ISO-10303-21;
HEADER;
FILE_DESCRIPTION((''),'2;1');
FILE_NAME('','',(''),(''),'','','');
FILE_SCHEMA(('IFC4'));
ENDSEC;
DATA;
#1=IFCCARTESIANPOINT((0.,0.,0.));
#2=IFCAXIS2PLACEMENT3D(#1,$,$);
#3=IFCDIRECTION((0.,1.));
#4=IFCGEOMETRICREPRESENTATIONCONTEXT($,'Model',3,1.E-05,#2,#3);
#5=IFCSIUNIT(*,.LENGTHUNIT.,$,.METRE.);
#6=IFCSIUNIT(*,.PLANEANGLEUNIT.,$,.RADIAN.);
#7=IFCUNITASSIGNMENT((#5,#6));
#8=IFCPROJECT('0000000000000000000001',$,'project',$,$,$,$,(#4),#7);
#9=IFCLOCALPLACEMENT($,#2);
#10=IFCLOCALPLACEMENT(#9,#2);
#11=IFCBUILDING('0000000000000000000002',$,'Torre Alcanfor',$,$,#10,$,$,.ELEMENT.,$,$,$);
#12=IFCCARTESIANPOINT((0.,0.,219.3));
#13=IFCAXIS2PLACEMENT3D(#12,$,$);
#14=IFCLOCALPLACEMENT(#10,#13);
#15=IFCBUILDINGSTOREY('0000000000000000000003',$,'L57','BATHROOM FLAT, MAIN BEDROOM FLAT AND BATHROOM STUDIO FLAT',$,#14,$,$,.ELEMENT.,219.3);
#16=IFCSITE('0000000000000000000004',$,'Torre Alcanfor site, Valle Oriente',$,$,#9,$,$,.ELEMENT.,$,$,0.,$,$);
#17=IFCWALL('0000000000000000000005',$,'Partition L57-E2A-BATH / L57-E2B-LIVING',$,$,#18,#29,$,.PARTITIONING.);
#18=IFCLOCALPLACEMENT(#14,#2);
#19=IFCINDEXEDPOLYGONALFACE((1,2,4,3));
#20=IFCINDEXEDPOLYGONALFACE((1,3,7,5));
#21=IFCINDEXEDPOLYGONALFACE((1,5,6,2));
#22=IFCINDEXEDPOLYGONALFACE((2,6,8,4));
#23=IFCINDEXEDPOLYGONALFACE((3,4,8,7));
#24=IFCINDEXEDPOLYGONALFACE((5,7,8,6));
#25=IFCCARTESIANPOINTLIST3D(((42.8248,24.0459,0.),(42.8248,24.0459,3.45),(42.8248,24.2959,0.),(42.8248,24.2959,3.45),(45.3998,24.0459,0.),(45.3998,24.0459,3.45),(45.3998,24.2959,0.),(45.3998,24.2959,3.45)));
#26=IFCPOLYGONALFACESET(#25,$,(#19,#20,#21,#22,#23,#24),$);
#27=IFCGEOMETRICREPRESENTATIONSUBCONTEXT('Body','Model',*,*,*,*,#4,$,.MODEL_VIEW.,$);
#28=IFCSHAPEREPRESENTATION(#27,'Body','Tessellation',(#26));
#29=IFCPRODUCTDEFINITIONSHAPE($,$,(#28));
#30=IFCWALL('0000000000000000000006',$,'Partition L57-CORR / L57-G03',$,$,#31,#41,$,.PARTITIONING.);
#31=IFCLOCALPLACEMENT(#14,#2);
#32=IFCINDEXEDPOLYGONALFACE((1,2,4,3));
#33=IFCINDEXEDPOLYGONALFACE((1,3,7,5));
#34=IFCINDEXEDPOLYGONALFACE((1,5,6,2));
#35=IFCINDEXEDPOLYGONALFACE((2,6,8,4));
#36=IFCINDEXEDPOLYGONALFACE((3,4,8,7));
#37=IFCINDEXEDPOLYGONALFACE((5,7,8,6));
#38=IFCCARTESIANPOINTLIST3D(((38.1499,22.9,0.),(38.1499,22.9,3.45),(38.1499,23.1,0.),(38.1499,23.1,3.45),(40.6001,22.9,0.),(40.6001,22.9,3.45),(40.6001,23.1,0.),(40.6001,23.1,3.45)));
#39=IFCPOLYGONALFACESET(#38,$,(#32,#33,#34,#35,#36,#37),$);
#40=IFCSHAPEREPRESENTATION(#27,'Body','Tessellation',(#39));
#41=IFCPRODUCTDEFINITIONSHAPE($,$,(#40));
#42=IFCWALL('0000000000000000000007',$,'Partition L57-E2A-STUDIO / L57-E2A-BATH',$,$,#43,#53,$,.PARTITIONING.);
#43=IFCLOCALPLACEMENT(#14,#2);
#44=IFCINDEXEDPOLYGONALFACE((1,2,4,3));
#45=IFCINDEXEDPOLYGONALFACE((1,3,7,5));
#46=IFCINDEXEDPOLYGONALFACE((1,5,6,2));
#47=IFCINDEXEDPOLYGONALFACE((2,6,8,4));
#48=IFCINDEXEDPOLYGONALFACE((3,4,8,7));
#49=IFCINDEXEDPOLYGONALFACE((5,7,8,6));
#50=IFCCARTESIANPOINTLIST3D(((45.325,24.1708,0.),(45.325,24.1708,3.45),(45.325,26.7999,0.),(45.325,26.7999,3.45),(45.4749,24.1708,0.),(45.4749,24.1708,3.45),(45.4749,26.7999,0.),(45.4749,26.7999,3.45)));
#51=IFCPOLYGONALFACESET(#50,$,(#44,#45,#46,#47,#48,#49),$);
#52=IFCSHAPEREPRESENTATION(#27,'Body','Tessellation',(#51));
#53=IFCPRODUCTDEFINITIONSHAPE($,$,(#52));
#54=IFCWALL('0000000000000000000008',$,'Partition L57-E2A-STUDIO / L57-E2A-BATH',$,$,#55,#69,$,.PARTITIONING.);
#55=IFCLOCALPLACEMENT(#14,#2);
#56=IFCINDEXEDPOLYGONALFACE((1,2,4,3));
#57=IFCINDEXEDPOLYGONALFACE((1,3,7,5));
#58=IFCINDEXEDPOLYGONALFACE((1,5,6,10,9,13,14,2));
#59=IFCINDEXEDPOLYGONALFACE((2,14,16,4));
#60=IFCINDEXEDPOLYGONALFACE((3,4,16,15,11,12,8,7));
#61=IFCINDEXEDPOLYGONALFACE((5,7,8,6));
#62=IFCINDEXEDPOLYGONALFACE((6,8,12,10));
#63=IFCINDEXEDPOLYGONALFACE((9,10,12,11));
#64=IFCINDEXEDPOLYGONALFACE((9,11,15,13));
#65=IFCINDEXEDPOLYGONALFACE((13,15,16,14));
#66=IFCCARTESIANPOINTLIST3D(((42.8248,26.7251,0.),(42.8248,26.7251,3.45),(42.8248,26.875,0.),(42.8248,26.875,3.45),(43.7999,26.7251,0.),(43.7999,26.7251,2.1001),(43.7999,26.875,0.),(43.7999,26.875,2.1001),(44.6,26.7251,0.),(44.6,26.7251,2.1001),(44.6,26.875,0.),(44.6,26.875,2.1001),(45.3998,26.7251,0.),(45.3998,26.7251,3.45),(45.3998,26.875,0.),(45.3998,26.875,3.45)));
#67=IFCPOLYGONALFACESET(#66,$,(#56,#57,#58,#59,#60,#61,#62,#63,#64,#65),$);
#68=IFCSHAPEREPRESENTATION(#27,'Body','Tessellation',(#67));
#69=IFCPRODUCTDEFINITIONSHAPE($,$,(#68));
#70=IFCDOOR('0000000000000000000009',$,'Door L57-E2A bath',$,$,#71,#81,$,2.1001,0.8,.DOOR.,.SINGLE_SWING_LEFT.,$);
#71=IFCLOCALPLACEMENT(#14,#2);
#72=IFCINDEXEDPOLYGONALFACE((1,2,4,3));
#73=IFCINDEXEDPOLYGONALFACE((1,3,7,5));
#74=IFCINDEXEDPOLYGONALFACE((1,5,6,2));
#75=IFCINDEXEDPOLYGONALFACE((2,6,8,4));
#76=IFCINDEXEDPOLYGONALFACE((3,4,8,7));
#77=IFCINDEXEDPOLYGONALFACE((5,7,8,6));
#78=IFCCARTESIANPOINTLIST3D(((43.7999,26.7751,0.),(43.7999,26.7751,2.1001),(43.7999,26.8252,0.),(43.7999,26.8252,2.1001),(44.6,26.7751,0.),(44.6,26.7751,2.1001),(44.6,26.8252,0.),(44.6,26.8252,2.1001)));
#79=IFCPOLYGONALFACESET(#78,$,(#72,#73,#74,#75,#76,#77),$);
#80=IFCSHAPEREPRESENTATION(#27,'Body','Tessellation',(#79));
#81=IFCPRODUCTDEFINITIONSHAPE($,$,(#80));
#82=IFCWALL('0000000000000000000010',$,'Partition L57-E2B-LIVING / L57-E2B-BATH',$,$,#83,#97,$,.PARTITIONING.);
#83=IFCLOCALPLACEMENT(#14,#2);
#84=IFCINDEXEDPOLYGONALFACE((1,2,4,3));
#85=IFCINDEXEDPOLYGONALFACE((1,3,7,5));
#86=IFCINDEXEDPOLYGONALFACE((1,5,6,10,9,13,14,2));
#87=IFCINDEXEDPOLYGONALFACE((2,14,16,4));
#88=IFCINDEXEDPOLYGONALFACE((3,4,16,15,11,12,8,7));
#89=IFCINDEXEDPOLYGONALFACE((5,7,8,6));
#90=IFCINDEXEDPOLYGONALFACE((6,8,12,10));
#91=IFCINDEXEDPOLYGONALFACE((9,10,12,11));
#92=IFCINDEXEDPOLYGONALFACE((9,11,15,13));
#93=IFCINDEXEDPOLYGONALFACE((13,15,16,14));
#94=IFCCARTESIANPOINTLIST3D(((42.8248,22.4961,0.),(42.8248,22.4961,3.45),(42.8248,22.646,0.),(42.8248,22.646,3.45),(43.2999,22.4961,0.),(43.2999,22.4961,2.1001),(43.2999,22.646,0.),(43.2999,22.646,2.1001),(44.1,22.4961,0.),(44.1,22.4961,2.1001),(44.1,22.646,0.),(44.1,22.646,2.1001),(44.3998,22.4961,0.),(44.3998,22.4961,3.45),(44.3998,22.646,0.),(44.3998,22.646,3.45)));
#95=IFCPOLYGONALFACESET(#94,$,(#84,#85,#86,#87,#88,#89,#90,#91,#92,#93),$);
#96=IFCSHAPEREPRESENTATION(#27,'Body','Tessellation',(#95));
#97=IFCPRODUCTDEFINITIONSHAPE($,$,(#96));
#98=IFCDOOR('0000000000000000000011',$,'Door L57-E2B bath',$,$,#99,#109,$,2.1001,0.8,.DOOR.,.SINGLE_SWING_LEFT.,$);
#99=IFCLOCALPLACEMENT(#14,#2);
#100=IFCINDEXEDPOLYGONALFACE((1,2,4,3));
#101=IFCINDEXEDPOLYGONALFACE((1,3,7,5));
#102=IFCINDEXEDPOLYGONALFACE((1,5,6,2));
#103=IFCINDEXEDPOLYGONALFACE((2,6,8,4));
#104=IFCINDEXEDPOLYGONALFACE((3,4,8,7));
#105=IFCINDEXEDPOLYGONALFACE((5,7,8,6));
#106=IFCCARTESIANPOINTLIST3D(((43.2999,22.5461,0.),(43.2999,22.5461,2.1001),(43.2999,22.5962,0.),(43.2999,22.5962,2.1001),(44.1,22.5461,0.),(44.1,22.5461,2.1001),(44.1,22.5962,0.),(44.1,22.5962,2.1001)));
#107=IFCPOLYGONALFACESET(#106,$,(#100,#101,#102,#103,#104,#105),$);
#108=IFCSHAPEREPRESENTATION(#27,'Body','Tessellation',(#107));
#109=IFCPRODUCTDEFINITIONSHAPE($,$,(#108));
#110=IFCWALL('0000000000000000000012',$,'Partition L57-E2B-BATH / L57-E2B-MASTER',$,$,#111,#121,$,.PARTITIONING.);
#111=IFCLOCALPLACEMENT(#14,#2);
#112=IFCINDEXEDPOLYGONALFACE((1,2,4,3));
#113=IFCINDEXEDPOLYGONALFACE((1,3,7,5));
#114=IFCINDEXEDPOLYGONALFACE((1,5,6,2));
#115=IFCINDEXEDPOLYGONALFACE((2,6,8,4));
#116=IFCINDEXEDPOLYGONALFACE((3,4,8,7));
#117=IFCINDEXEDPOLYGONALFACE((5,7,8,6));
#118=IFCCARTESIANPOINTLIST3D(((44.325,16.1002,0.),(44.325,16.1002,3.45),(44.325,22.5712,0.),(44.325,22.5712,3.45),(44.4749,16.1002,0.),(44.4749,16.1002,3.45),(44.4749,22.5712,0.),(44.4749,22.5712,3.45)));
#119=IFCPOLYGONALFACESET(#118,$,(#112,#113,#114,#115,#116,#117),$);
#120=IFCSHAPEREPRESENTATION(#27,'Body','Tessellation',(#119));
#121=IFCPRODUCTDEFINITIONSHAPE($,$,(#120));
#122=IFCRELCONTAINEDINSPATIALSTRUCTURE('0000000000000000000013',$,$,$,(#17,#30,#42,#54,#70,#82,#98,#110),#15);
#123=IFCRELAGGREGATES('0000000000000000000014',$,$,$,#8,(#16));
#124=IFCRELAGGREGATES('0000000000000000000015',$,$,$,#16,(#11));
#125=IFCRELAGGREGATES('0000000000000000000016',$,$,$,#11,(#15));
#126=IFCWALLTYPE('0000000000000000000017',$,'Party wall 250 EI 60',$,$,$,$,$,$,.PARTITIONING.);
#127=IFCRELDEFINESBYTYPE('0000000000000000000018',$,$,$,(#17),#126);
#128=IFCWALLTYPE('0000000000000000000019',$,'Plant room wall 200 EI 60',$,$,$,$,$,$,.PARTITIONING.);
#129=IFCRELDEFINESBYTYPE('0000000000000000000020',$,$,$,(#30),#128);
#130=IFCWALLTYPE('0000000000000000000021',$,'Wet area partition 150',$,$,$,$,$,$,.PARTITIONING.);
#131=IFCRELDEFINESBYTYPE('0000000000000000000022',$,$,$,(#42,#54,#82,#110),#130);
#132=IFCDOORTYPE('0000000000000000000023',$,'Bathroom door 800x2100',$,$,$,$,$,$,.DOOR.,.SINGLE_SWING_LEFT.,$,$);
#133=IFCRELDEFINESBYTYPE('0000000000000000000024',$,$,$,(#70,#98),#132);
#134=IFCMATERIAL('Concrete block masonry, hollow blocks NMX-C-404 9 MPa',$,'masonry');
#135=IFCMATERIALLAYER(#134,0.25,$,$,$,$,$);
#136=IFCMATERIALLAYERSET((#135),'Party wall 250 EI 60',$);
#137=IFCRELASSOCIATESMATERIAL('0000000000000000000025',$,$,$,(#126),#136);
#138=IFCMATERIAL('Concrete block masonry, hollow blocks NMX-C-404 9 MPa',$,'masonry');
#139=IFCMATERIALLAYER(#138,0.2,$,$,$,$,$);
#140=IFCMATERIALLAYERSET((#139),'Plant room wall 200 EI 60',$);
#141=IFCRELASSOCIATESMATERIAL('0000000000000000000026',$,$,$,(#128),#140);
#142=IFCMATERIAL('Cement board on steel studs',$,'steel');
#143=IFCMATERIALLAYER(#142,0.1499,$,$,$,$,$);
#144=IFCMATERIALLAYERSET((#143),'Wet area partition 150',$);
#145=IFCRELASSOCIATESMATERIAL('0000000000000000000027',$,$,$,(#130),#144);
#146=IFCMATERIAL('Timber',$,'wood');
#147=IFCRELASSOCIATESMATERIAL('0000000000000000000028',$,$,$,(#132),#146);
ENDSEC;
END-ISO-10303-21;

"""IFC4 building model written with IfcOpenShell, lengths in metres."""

from ifc_helpers import new_model, si_unit, direction, frame, frame_2d, origin, place, context, subcontext, project, spatial, rectangle, extrude, material, layer, layer_set, type_object, element, fill, save


model = new_model("IFC4")

# Units and contexts
model_context = context("Model", 3, precision=1e-05, world=origin(), true_north=direction((0.0, 1.0)))
body_context = subcontext(model_context, "Body", "Model", "MODEL_VIEW")
ifc_project = project(units=[si_unit("LENGTHUNIT", "METRE"), si_unit("PLANEANGLEUNIT", "RADIAN")], contexts=[model_context])

# Site, building, storey
site_placement = place(None, origin())
site = spatial("IfcSite", under=ifc_project, at=site_placement, Name="Torre Alcanfor site, Valle Oriente", CompositionType="ELEMENT", RefElevation=0.0)
building_placement = place(site_placement, origin())
building = spatial("IfcBuilding", under=site, at=building_placement, Name="Torre Alcanfor", CompositionType="ELEMENT")
storey_placement = place(building_placement, frame((0.0, 0.0, 219.3)))
storey = spatial("IfcBuildingStorey", under=building, at=storey_placement, Name="L57", Description="BATHROOM FLAT, MAIN BEDROOM FLAT AND BATHROOM STUDIO FLAT", CompositionType="ELEMENT", Elevation=219.3)

# Walls
ifc_material_1 = material(Name="Concrete block masonry, hollow blocks NMX-C-404 9 MPa", Category="masonry")
ifc_layer_1 = layer(ifc_material_1, 0.25)
ifc_layer_set_1 = layer_set([ifc_layer_1], Name="Party wall 250 EI 60")
wall_type_1 = type_object("IfcWallType", Name="Party wall 250 EI 60", PredefinedType="PARTITIONING", material=ifc_layer_set_1)
wall_1_placement = place(storey_placement, frame((45.3999, 24.1709, 0.0), z_axis=(0.0, 0.0, 1.0), x_axis=(-1.0, 0.0, 0.0)))
element("IfcWall", 1, at=wall_1_placement, inside=storey, type_object=wall_type_1, Name="Partition L57-E2A-BATH / L57-E2B-LIVING", PredefinedType="PARTITIONING", context=body_context, shape_type="SweptSolid", body=[
    extrude(rectangle(XDim=2.575, YDim=0.25, at=frame_2d((1.2876, 0.0))), origin(), (0.0, 0.0, 1.0), 3.45),
])
ifc_material_2 = material(Name="Concrete block masonry, hollow blocks NMX-C-404 9 MPa", Category="masonry")
ifc_layer_2 = layer(ifc_material_2, 0.2)
ifc_layer_set_2 = layer_set([ifc_layer_2], Name="Plant room wall 200 EI 60")
wall_type_2 = type_object("IfcWallType", Name="Plant room wall 200 EI 60", PredefinedType="PARTITIONING", material=ifc_layer_set_2)
wall_2_placement = place(storey_placement, frame((40.6001, 23.0, 0.0), z_axis=(0.0, 0.0, 1.0), x_axis=(-1.0, 0.0, 0.0)))
element("IfcWall", 2, at=wall_2_placement, inside=storey, type_object=wall_type_2, Name="Partition L57-CORR / L57-G03", PredefinedType="PARTITIONING", context=body_context, shape_type="SweptSolid", body=[
    extrude(rectangle(XDim=2.4502, YDim=0.2, at=frame_2d((1.2251, 0.0))), origin(), (0.0, 0.0, 1.0), 3.45),
])
ifc_material_3 = material(Name="Cement board on steel studs", Category="steel")
ifc_layer_3 = layer(ifc_material_3, 0.1499)
ifc_layer_set_3 = layer_set([ifc_layer_3], Name="Wet area partition 150")
wall_type_3 = type_object("IfcWallType", Name="Wet area partition 150", PredefinedType="PARTITIONING", material=ifc_layer_set_3)
wall_3_placement = place(storey_placement, frame((45.3999, 24.1709, 0.0), z_axis=(0.0, 0.0, 1.0), x_axis=(0.0, 1.0, 0.0)))
element("IfcWall", 3, at=wall_3_placement, inside=storey, type_object=wall_type_3, Name="Partition L57-E2A-STUDIO / L57-E2A-BATH", PredefinedType="PARTITIONING", context=body_context, shape_type="SweptSolid", body=[
    extrude(rectangle(XDim=2.6292, YDim=0.1499, at=frame_2d((1.3145, 0.0))), origin(), (0.0, 0.0, 1.0), 3.45),
])

# Walls, openings, doors
wall_4_placement = place(storey_placement, frame((45.3999, 26.8, 0.0), z_axis=(0.0, 0.0, 1.0), x_axis=(-1.0, 0.0, 0.0)))
wall_4 = element("IfcWall", 4, at=wall_4_placement, inside=storey, type_object=wall_type_3, Name="Partition L57-E2A-STUDIO / L57-E2A-BATH", PredefinedType="PARTITIONING", context=body_context, shape_type="SweptSolid", body=[
    extrude(rectangle(XDim=2.575, YDim=0.1499, at=frame_2d((1.2876, 0.0))), origin(), (0.0, 0.0, 1.0), 3.45),
])
opening_1_placement = place(wall_4_placement, frame((0.8, 0.0, 0.0)))
opening_1 = element("IfcOpeningElement", 5, at=opening_1_placement, cuts=wall_4, PredefinedType="OPENING", context=body_context, shape_type="SweptSolid", body=[
    extrude(rectangle(XDim=0.8, YDim=2.1001, at=frame_2d((0.3999, 1.05))), frame((0.0, 0.085, 0.0), z_axis=(0.0, -1.0, 0.0), x_axis=(1.0, 0.0, 0.0)), (0.0, 0.0, 1.0), 0.1699),
])
ifc_material_4 = material(Name="Timber", Category="wood")
door_type_1 = type_object("IfcDoorType", Name="Bathroom door 800x2100", OperationType="SINGLE_SWING_LEFT", PredefinedType="DOOR", material=ifc_material_4)
door_1_placement = place(opening_1_placement, origin())
door_1 = element("IfcDoor", 6, at=door_1_placement, inside=storey, type_object=door_type_1, Name="Door L57-E2A bath", OperationType="SINGLE_SWING_LEFT", OverallHeight=2.1001, OverallWidth=0.8, PredefinedType="DOOR", context=body_context, shape_type="SweptSolid", body=[
    extrude(rectangle(XDim=0.8, YDim=2.1001, at=frame_2d((0.3999, 1.05))), frame((0.0, 0.0249, 0.0), z_axis=(0.0, -1.0, 0.0), x_axis=(1.0, 0.0, 0.0)), (0.0, 0.0, 1.0), 0.05),
])
fill(opening_1, door_1)
wall_5_placement = place(storey_placement, frame((44.3999, 22.571, 0.0), z_axis=(0.0, 0.0, 1.0), x_axis=(-1.0, 0.0, 0.0)))
wall_5 = element("IfcWall", 7, at=wall_5_placement, inside=storey, type_object=wall_type_3, Name="Partition L57-E2B-LIVING / L57-E2B-BATH", PredefinedType="PARTITIONING", context=body_context, shape_type="SweptSolid", body=[
    extrude(rectangle(XDim=1.575, YDim=0.1499, at=frame_2d((0.7876, 0.0))), origin(), (0.0, 0.0, 1.0), 3.45),
])
opening_2_placement = place(wall_5_placement, frame((0.3, 0.0, 0.0)))
opening_2 = element("IfcOpeningElement", 8, at=opening_2_placement, cuts=wall_5, PredefinedType="OPENING", context=body_context, shape_type="SweptSolid", body=[
    extrude(rectangle(XDim=0.8, YDim=2.1001, at=frame_2d((0.3999, 1.05))), frame((0.0, 0.085, 0.0), z_axis=(0.0, -1.0, 0.0), x_axis=(1.0, 0.0, 0.0)), (0.0, 0.0, 1.0), 0.1699),
])
door_2_placement = place(opening_2_placement, origin())
door_2 = element("IfcDoor", 9, at=door_2_placement, inside=storey, type_object=door_type_1, Name="Door L57-E2B bath", OperationType="SINGLE_SWING_LEFT", OverallHeight=2.1001, OverallWidth=0.8, PredefinedType="DOOR", context=body_context, shape_type="SweptSolid", body=[
    extrude(rectangle(XDim=0.8, YDim=2.1001, at=frame_2d((0.3999, 1.05))), frame((0.0, 0.0249, 0.0), z_axis=(0.0, -1.0, 0.0), x_axis=(1.0, 0.0, 0.0)), (0.0, 0.0, 1.0), 0.05),
])
fill(opening_2, door_2)

# Wall
wall_6_placement = place(storey_placement, frame((44.3999, 22.571, 0.0), z_axis=(0.0, 0.0, 1.0), x_axis=(0.0, -1.0, 0.0)))
element("IfcWall", 10, at=wall_6_placement, inside=storey, type_object=wall_type_3, Name="Partition L57-E2B-BATH / L57-E2B-MASTER", PredefinedType="PARTITIONING", context=body_context, shape_type="SweptSolid", body=[
    extrude(rectangle(XDim=6.4709, YDim=0.1499, at=frame_2d((3.2354, 0.0))), origin(), (0.0, 0.0, 1.0), 3.45),
])

save(model, "model.ifc")
